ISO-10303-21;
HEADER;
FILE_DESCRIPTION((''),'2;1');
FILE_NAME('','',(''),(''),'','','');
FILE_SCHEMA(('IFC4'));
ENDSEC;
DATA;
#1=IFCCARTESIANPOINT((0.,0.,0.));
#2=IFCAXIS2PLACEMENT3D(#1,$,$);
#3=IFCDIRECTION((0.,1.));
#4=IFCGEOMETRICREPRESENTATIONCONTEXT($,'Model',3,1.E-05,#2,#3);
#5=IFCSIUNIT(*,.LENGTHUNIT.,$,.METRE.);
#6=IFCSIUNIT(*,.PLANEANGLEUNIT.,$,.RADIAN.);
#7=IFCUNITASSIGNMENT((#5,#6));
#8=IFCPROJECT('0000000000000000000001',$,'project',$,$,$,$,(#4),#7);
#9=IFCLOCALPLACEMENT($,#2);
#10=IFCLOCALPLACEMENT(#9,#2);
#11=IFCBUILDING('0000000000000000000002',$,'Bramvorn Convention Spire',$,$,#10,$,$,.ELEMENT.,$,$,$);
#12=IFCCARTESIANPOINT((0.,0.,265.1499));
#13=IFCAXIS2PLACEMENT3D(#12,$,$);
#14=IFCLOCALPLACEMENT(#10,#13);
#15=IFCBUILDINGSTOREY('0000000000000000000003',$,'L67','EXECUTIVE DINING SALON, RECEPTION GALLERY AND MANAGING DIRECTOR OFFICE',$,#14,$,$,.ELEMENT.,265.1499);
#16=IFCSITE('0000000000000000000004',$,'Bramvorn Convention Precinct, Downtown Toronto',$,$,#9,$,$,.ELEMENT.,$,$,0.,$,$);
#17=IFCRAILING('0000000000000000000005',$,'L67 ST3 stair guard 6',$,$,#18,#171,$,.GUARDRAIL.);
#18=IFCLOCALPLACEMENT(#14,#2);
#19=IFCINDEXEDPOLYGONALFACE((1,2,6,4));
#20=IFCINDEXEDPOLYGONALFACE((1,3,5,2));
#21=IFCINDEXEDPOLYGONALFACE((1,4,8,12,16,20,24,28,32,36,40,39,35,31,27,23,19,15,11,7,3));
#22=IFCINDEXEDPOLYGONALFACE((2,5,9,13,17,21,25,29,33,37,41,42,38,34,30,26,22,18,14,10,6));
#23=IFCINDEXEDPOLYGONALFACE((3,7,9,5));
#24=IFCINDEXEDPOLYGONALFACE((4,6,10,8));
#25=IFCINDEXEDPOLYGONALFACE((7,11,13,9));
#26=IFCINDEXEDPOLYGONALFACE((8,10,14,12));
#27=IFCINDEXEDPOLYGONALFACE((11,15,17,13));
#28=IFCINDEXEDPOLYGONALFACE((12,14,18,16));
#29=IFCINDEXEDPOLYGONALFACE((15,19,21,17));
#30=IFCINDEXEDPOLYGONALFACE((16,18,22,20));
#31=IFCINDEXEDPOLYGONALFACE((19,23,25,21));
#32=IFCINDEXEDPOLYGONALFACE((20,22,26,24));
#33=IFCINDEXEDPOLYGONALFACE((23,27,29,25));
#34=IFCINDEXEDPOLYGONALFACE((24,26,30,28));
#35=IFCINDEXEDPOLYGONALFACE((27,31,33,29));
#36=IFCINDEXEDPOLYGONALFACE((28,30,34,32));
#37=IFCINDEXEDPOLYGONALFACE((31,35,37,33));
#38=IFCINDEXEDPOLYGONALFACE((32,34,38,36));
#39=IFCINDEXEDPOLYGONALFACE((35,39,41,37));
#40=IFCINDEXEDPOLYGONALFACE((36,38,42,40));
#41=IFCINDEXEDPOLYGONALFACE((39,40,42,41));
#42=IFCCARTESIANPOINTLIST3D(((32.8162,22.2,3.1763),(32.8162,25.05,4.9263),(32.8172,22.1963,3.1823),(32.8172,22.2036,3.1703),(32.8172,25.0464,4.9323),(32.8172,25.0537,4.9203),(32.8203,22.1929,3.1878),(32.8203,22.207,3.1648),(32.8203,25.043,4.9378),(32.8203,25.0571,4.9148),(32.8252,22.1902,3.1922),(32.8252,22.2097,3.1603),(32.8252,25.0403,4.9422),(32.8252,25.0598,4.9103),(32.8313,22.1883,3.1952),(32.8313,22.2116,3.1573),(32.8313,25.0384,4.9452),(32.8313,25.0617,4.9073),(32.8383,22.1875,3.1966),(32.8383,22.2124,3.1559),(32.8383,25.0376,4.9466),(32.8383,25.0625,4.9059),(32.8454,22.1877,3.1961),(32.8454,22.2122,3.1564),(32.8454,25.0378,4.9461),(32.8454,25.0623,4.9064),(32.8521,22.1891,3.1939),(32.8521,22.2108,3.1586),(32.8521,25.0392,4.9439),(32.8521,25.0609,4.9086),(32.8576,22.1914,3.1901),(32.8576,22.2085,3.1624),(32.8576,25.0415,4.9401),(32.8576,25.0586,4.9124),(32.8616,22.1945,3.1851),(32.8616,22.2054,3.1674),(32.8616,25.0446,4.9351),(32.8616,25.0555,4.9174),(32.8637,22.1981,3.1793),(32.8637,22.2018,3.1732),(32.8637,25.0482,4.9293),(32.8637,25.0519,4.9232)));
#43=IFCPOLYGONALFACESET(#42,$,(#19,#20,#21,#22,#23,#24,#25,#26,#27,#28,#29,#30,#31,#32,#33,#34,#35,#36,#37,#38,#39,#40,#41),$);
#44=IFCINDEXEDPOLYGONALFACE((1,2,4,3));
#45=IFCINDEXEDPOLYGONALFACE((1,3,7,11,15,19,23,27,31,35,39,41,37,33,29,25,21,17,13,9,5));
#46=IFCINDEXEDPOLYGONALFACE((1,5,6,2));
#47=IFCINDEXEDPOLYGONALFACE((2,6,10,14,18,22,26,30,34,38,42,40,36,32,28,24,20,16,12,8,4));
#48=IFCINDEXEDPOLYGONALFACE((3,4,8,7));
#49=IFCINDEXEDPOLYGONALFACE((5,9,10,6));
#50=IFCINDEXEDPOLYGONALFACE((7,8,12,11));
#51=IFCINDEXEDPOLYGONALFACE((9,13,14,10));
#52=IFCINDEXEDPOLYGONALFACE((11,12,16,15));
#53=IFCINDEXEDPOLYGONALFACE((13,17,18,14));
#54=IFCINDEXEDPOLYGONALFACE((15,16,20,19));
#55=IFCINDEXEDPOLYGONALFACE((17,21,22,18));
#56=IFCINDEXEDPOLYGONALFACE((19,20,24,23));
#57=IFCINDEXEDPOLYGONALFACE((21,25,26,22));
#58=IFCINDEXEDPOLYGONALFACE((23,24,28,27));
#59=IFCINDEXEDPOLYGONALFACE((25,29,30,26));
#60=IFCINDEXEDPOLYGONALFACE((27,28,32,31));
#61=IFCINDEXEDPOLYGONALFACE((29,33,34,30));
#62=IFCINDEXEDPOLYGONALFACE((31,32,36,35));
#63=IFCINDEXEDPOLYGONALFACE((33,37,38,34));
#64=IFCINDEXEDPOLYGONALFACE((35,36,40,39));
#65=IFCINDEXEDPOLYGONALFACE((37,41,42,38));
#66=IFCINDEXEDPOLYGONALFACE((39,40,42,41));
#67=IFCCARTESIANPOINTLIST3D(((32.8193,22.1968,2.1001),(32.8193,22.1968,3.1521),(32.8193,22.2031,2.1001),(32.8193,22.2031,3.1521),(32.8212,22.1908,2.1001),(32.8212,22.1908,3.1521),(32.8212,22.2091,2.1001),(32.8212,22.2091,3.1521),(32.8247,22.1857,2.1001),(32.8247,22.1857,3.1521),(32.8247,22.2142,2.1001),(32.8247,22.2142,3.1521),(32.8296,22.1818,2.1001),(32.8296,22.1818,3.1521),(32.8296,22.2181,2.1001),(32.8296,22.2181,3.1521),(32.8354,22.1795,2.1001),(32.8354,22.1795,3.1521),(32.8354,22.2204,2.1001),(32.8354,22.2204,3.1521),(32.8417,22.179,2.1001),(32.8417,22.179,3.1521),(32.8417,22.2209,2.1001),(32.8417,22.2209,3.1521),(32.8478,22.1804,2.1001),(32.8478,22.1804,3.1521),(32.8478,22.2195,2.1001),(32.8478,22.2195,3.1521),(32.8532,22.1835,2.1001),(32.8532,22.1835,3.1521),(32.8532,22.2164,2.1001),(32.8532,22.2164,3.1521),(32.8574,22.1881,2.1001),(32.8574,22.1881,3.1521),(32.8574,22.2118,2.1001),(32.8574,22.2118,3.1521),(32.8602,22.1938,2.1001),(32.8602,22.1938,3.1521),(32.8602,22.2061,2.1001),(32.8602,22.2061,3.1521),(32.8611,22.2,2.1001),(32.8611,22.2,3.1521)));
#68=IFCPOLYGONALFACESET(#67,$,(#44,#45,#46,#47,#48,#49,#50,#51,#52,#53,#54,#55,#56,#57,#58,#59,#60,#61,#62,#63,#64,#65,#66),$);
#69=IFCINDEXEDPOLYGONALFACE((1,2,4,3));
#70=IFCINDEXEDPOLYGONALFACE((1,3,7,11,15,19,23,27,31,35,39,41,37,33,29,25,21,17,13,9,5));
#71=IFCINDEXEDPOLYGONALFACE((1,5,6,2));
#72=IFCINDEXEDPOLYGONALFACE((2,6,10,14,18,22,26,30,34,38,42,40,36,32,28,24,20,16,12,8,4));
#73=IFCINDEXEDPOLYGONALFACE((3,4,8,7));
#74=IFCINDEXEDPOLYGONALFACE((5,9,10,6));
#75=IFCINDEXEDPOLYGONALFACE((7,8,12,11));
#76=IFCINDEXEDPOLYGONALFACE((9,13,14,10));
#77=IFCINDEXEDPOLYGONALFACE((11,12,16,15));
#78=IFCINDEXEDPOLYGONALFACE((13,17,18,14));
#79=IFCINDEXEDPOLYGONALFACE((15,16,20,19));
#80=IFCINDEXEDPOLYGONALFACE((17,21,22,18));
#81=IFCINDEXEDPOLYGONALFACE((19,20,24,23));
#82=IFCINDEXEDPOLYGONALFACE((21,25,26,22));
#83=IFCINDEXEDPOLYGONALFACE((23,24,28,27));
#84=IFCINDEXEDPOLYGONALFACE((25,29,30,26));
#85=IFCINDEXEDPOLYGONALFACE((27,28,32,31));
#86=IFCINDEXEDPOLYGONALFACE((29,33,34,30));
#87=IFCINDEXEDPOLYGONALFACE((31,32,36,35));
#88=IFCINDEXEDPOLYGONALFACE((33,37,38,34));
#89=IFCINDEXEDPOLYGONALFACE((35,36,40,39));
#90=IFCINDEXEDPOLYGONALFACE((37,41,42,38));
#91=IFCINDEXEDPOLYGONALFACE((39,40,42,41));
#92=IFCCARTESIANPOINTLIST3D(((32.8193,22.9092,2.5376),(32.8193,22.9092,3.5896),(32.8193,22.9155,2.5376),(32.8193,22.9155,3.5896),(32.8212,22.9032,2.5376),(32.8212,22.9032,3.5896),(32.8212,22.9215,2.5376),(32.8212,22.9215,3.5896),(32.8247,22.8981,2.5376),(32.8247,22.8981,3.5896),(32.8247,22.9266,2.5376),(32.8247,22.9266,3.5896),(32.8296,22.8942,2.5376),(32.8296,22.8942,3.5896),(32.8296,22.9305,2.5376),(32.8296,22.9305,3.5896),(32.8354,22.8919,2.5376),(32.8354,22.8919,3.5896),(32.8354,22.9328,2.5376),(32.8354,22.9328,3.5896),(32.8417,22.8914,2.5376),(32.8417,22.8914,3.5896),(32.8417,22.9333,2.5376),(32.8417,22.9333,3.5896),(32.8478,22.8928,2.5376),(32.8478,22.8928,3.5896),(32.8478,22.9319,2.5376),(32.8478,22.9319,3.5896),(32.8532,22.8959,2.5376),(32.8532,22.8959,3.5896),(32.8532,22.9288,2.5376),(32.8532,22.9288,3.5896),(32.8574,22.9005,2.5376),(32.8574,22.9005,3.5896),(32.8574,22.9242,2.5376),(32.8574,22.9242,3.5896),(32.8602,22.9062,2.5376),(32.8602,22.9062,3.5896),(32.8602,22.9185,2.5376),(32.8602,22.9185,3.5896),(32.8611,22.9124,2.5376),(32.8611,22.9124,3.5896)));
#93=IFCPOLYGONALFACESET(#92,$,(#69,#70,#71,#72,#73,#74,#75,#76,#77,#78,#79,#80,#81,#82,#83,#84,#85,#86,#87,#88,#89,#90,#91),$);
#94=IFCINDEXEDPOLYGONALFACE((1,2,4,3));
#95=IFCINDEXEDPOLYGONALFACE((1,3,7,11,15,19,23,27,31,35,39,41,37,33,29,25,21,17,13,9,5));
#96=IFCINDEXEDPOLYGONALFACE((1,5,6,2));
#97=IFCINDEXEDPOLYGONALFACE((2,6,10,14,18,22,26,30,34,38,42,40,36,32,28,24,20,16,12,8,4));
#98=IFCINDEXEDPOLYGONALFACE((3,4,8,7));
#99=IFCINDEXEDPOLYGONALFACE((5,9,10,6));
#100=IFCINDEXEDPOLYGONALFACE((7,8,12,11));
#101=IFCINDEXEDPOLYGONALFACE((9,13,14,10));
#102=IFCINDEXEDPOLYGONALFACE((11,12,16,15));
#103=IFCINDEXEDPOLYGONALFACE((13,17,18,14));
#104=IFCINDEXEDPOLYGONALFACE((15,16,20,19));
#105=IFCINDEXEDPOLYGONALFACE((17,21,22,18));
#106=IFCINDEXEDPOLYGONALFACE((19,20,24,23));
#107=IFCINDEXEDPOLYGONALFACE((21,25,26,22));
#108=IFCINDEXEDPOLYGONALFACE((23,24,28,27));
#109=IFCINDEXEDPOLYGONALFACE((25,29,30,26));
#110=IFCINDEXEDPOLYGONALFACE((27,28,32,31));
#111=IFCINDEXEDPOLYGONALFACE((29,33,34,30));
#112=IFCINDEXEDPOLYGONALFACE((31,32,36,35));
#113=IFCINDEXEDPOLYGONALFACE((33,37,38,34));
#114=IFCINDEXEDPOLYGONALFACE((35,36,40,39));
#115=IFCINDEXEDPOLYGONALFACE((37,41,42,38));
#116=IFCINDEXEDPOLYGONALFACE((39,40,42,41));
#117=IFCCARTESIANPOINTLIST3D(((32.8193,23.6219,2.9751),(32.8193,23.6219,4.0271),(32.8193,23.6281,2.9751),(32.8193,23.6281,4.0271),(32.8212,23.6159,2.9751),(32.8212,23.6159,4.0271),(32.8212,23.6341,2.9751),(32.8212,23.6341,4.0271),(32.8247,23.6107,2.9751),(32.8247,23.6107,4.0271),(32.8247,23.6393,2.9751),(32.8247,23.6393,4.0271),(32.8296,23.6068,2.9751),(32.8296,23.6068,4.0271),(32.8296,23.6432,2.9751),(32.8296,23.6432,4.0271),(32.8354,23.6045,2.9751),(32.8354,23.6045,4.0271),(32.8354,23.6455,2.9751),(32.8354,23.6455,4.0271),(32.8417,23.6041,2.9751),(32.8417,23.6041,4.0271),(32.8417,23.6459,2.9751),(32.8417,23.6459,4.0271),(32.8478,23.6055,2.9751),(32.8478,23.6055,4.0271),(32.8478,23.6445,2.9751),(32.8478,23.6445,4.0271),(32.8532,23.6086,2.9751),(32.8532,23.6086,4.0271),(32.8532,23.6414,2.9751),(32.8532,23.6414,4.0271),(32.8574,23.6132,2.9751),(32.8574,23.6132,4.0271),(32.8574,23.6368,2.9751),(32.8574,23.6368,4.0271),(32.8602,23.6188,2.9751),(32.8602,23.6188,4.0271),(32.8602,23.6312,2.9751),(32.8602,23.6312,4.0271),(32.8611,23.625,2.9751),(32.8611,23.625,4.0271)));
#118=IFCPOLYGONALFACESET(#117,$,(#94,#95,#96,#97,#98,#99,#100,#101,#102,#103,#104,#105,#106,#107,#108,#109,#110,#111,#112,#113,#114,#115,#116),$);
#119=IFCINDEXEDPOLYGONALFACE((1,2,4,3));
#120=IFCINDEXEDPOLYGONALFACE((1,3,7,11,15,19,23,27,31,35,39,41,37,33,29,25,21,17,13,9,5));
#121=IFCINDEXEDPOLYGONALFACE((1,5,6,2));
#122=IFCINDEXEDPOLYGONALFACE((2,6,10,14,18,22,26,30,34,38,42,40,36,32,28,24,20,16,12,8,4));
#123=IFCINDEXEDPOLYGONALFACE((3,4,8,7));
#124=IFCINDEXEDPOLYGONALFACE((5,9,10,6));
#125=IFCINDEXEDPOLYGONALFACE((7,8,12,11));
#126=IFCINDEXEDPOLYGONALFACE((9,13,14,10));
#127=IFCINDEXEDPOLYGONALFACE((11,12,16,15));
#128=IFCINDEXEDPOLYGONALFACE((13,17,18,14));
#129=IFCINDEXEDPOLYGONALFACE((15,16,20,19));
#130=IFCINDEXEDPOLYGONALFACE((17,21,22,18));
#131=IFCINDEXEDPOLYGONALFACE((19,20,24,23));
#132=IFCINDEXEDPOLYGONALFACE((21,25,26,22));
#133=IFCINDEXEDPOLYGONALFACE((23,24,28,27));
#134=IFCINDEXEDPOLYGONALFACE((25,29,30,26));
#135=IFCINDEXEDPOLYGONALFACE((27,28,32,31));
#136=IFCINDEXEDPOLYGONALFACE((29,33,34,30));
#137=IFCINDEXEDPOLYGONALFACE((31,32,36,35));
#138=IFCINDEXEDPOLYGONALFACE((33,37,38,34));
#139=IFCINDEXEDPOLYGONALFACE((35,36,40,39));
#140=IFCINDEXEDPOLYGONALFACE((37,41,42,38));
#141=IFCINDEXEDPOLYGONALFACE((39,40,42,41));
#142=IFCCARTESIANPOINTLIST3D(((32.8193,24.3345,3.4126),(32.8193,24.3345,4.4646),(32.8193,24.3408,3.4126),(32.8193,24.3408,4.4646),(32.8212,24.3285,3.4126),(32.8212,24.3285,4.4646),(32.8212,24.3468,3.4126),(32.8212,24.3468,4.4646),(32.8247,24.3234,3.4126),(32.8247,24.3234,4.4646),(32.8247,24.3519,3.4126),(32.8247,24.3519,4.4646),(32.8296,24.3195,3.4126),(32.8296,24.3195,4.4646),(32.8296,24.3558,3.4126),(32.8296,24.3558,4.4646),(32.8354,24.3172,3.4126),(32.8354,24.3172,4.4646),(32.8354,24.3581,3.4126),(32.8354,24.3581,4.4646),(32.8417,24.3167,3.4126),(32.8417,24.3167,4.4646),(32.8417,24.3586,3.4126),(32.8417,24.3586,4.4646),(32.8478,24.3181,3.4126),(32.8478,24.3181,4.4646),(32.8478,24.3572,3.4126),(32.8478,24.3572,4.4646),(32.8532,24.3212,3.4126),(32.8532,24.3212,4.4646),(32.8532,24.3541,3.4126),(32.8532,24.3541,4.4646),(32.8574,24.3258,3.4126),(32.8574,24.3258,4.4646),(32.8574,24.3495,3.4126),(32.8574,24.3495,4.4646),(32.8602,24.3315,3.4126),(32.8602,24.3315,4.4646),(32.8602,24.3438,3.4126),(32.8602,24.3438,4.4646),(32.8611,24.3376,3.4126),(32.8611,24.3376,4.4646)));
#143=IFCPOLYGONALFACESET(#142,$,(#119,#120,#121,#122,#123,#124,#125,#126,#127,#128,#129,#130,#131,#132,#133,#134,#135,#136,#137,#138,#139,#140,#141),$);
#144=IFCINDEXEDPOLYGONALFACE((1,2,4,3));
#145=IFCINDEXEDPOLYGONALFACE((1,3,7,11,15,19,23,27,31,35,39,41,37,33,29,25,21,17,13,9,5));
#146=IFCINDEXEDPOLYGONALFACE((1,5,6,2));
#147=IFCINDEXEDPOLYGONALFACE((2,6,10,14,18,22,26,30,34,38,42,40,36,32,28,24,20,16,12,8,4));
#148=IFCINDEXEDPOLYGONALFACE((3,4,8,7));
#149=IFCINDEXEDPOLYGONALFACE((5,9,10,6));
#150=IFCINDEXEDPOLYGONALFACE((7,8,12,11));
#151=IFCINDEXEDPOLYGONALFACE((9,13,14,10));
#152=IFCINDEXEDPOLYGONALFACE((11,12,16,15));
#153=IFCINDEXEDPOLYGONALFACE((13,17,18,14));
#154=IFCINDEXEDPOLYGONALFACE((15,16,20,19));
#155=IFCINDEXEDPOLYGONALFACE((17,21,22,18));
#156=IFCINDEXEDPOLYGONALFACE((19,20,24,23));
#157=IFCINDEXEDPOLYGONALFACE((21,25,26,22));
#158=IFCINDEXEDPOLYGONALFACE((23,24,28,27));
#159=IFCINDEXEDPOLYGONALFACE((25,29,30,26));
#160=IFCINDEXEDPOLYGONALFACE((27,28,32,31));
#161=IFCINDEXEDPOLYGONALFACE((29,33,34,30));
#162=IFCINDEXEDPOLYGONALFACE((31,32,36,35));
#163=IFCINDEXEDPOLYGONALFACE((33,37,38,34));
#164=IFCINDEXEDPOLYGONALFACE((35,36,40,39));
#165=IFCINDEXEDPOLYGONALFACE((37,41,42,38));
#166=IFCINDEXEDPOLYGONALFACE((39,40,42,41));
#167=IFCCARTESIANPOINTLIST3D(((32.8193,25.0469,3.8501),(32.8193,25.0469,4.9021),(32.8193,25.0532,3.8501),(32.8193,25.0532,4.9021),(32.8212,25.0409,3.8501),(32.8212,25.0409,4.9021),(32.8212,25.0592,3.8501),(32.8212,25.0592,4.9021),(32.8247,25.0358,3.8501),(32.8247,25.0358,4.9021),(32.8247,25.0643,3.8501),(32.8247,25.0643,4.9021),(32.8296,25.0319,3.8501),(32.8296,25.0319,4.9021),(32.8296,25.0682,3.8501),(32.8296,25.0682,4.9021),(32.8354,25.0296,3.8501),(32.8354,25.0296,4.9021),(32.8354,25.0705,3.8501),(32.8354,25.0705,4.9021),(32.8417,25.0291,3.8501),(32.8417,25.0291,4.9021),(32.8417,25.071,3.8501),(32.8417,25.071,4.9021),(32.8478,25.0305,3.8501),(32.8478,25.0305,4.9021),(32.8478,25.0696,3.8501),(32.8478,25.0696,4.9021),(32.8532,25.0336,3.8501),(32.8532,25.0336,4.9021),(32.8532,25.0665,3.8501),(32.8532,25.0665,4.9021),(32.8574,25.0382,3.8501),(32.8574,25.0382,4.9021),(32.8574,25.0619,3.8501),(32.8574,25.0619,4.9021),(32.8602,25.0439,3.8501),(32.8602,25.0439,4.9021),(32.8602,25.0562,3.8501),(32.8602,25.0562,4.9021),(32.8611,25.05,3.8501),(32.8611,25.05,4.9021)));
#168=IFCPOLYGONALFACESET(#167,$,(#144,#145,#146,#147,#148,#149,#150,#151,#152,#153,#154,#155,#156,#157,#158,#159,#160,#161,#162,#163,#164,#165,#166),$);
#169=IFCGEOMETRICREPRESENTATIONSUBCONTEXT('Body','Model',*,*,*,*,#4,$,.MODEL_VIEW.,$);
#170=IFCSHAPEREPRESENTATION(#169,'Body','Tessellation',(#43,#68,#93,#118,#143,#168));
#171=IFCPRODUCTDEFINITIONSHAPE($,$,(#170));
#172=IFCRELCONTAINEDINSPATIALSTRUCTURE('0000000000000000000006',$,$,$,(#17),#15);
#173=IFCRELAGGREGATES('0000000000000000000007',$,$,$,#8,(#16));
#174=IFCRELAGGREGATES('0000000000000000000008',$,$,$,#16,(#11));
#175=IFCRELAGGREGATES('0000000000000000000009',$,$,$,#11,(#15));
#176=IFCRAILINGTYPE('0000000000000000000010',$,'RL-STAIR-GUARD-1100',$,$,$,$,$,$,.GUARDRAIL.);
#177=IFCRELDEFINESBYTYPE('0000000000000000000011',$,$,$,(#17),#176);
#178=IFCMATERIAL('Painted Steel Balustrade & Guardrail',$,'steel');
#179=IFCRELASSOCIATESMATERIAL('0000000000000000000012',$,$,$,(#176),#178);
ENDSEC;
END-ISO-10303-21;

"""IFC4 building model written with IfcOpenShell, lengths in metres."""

from ifc_helpers import new_model, si_unit, direction, frame, origin, origin_2d, place, context, subcontext, project, spatial, circle, extrude, material, type_object, element, save


model = new_model("IFC4")

# Units and contexts
model_context = context("Model", 3, precision=1e-05, world=origin(), true_north=direction((0.0, 1.0)))
body_context = subcontext(model_context, "Body", "Model", "MODEL_VIEW")
ifc_project = project(units=[si_unit("LENGTHUNIT", "METRE"), si_unit("PLANEANGLEUNIT", "RADIAN")], contexts=[model_context])

# Site, building, storey
site_placement = place(None, origin())
site = spatial("IfcSite", under=ifc_project, at=site_placement, Name="Bramvorn Convention Precinct, Downtown Toronto", CompositionType="ELEMENT", RefElevation=0.0)
building_placement = place(site_placement, origin())
building = spatial("IfcBuilding", under=site, at=building_placement, Name="Bramvorn Convention Spire", CompositionType="ELEMENT")
storey_placement = place(building_placement, frame((0.0, 0.0, 265.1499)))
storey = spatial("IfcBuildingStorey", under=building, at=storey_placement, Name="L67", Description="EXECUTIVE DINING SALON, RECEPTION GALLERY AND MANAGING DIRECTOR OFFICE", CompositionType="ELEMENT", Elevation=265.1499)

# Railing
ifc_material_1 = material(Name="Painted Steel Balustrade & Guardrail", Category="steel")
railing_type_1 = type_object("IfcRailingType", Name="RL-STAIR-GUARD-1100", PredefinedType="GUARDRAIL", material=ifc_material_1)
railing_1_placement = place(storey_placement, frame((32.8401, 22.2, 2.1001)))
element("IfcRailing", 1, at=railing_1_placement, inside=storey, type_object=railing_type_1, Name="L67 ST3 stair guard 6", PredefinedType="GUARDRAIL", context=body_context, shape_type="SweptSolid", body=[
    extrude(circle(Radius=0.0239, at=origin_2d()), frame((0.0, 0.0, 1.0762), z_axis=(0.0, 0.852179, 0.52325), x_axis=(-1.0, 0.0, 0.0)), (0.0, 0.0, 1.0), 3.3445),
    extrude(circle(Radius=0.021, at=origin_2d()), origin(), (0.0, 0.0, 1.0), 1.052),
    extrude(circle(Radius=0.021, at=origin_2d()), frame((0.0, 0.7124, 0.4375)), (0.0, 0.0, 1.0), 1.052),
    extrude(circle(Radius=0.021, at=origin_2d()), frame((0.0, 1.425, 0.875)), (0.0, 0.0, 1.0), 1.052),
    extrude(circle(Radius=0.021, at=origin_2d()), frame((0.0, 2.1377, 1.3125)), (0.0, 0.0, 1.0), 1.052),
    extrude(circle(Radius=0.021, at=origin_2d()), frame((0.0, 2.8501, 1.75)), (0.0, 0.0, 1.0), 1.052),
])

save(model, "model.ifc")
